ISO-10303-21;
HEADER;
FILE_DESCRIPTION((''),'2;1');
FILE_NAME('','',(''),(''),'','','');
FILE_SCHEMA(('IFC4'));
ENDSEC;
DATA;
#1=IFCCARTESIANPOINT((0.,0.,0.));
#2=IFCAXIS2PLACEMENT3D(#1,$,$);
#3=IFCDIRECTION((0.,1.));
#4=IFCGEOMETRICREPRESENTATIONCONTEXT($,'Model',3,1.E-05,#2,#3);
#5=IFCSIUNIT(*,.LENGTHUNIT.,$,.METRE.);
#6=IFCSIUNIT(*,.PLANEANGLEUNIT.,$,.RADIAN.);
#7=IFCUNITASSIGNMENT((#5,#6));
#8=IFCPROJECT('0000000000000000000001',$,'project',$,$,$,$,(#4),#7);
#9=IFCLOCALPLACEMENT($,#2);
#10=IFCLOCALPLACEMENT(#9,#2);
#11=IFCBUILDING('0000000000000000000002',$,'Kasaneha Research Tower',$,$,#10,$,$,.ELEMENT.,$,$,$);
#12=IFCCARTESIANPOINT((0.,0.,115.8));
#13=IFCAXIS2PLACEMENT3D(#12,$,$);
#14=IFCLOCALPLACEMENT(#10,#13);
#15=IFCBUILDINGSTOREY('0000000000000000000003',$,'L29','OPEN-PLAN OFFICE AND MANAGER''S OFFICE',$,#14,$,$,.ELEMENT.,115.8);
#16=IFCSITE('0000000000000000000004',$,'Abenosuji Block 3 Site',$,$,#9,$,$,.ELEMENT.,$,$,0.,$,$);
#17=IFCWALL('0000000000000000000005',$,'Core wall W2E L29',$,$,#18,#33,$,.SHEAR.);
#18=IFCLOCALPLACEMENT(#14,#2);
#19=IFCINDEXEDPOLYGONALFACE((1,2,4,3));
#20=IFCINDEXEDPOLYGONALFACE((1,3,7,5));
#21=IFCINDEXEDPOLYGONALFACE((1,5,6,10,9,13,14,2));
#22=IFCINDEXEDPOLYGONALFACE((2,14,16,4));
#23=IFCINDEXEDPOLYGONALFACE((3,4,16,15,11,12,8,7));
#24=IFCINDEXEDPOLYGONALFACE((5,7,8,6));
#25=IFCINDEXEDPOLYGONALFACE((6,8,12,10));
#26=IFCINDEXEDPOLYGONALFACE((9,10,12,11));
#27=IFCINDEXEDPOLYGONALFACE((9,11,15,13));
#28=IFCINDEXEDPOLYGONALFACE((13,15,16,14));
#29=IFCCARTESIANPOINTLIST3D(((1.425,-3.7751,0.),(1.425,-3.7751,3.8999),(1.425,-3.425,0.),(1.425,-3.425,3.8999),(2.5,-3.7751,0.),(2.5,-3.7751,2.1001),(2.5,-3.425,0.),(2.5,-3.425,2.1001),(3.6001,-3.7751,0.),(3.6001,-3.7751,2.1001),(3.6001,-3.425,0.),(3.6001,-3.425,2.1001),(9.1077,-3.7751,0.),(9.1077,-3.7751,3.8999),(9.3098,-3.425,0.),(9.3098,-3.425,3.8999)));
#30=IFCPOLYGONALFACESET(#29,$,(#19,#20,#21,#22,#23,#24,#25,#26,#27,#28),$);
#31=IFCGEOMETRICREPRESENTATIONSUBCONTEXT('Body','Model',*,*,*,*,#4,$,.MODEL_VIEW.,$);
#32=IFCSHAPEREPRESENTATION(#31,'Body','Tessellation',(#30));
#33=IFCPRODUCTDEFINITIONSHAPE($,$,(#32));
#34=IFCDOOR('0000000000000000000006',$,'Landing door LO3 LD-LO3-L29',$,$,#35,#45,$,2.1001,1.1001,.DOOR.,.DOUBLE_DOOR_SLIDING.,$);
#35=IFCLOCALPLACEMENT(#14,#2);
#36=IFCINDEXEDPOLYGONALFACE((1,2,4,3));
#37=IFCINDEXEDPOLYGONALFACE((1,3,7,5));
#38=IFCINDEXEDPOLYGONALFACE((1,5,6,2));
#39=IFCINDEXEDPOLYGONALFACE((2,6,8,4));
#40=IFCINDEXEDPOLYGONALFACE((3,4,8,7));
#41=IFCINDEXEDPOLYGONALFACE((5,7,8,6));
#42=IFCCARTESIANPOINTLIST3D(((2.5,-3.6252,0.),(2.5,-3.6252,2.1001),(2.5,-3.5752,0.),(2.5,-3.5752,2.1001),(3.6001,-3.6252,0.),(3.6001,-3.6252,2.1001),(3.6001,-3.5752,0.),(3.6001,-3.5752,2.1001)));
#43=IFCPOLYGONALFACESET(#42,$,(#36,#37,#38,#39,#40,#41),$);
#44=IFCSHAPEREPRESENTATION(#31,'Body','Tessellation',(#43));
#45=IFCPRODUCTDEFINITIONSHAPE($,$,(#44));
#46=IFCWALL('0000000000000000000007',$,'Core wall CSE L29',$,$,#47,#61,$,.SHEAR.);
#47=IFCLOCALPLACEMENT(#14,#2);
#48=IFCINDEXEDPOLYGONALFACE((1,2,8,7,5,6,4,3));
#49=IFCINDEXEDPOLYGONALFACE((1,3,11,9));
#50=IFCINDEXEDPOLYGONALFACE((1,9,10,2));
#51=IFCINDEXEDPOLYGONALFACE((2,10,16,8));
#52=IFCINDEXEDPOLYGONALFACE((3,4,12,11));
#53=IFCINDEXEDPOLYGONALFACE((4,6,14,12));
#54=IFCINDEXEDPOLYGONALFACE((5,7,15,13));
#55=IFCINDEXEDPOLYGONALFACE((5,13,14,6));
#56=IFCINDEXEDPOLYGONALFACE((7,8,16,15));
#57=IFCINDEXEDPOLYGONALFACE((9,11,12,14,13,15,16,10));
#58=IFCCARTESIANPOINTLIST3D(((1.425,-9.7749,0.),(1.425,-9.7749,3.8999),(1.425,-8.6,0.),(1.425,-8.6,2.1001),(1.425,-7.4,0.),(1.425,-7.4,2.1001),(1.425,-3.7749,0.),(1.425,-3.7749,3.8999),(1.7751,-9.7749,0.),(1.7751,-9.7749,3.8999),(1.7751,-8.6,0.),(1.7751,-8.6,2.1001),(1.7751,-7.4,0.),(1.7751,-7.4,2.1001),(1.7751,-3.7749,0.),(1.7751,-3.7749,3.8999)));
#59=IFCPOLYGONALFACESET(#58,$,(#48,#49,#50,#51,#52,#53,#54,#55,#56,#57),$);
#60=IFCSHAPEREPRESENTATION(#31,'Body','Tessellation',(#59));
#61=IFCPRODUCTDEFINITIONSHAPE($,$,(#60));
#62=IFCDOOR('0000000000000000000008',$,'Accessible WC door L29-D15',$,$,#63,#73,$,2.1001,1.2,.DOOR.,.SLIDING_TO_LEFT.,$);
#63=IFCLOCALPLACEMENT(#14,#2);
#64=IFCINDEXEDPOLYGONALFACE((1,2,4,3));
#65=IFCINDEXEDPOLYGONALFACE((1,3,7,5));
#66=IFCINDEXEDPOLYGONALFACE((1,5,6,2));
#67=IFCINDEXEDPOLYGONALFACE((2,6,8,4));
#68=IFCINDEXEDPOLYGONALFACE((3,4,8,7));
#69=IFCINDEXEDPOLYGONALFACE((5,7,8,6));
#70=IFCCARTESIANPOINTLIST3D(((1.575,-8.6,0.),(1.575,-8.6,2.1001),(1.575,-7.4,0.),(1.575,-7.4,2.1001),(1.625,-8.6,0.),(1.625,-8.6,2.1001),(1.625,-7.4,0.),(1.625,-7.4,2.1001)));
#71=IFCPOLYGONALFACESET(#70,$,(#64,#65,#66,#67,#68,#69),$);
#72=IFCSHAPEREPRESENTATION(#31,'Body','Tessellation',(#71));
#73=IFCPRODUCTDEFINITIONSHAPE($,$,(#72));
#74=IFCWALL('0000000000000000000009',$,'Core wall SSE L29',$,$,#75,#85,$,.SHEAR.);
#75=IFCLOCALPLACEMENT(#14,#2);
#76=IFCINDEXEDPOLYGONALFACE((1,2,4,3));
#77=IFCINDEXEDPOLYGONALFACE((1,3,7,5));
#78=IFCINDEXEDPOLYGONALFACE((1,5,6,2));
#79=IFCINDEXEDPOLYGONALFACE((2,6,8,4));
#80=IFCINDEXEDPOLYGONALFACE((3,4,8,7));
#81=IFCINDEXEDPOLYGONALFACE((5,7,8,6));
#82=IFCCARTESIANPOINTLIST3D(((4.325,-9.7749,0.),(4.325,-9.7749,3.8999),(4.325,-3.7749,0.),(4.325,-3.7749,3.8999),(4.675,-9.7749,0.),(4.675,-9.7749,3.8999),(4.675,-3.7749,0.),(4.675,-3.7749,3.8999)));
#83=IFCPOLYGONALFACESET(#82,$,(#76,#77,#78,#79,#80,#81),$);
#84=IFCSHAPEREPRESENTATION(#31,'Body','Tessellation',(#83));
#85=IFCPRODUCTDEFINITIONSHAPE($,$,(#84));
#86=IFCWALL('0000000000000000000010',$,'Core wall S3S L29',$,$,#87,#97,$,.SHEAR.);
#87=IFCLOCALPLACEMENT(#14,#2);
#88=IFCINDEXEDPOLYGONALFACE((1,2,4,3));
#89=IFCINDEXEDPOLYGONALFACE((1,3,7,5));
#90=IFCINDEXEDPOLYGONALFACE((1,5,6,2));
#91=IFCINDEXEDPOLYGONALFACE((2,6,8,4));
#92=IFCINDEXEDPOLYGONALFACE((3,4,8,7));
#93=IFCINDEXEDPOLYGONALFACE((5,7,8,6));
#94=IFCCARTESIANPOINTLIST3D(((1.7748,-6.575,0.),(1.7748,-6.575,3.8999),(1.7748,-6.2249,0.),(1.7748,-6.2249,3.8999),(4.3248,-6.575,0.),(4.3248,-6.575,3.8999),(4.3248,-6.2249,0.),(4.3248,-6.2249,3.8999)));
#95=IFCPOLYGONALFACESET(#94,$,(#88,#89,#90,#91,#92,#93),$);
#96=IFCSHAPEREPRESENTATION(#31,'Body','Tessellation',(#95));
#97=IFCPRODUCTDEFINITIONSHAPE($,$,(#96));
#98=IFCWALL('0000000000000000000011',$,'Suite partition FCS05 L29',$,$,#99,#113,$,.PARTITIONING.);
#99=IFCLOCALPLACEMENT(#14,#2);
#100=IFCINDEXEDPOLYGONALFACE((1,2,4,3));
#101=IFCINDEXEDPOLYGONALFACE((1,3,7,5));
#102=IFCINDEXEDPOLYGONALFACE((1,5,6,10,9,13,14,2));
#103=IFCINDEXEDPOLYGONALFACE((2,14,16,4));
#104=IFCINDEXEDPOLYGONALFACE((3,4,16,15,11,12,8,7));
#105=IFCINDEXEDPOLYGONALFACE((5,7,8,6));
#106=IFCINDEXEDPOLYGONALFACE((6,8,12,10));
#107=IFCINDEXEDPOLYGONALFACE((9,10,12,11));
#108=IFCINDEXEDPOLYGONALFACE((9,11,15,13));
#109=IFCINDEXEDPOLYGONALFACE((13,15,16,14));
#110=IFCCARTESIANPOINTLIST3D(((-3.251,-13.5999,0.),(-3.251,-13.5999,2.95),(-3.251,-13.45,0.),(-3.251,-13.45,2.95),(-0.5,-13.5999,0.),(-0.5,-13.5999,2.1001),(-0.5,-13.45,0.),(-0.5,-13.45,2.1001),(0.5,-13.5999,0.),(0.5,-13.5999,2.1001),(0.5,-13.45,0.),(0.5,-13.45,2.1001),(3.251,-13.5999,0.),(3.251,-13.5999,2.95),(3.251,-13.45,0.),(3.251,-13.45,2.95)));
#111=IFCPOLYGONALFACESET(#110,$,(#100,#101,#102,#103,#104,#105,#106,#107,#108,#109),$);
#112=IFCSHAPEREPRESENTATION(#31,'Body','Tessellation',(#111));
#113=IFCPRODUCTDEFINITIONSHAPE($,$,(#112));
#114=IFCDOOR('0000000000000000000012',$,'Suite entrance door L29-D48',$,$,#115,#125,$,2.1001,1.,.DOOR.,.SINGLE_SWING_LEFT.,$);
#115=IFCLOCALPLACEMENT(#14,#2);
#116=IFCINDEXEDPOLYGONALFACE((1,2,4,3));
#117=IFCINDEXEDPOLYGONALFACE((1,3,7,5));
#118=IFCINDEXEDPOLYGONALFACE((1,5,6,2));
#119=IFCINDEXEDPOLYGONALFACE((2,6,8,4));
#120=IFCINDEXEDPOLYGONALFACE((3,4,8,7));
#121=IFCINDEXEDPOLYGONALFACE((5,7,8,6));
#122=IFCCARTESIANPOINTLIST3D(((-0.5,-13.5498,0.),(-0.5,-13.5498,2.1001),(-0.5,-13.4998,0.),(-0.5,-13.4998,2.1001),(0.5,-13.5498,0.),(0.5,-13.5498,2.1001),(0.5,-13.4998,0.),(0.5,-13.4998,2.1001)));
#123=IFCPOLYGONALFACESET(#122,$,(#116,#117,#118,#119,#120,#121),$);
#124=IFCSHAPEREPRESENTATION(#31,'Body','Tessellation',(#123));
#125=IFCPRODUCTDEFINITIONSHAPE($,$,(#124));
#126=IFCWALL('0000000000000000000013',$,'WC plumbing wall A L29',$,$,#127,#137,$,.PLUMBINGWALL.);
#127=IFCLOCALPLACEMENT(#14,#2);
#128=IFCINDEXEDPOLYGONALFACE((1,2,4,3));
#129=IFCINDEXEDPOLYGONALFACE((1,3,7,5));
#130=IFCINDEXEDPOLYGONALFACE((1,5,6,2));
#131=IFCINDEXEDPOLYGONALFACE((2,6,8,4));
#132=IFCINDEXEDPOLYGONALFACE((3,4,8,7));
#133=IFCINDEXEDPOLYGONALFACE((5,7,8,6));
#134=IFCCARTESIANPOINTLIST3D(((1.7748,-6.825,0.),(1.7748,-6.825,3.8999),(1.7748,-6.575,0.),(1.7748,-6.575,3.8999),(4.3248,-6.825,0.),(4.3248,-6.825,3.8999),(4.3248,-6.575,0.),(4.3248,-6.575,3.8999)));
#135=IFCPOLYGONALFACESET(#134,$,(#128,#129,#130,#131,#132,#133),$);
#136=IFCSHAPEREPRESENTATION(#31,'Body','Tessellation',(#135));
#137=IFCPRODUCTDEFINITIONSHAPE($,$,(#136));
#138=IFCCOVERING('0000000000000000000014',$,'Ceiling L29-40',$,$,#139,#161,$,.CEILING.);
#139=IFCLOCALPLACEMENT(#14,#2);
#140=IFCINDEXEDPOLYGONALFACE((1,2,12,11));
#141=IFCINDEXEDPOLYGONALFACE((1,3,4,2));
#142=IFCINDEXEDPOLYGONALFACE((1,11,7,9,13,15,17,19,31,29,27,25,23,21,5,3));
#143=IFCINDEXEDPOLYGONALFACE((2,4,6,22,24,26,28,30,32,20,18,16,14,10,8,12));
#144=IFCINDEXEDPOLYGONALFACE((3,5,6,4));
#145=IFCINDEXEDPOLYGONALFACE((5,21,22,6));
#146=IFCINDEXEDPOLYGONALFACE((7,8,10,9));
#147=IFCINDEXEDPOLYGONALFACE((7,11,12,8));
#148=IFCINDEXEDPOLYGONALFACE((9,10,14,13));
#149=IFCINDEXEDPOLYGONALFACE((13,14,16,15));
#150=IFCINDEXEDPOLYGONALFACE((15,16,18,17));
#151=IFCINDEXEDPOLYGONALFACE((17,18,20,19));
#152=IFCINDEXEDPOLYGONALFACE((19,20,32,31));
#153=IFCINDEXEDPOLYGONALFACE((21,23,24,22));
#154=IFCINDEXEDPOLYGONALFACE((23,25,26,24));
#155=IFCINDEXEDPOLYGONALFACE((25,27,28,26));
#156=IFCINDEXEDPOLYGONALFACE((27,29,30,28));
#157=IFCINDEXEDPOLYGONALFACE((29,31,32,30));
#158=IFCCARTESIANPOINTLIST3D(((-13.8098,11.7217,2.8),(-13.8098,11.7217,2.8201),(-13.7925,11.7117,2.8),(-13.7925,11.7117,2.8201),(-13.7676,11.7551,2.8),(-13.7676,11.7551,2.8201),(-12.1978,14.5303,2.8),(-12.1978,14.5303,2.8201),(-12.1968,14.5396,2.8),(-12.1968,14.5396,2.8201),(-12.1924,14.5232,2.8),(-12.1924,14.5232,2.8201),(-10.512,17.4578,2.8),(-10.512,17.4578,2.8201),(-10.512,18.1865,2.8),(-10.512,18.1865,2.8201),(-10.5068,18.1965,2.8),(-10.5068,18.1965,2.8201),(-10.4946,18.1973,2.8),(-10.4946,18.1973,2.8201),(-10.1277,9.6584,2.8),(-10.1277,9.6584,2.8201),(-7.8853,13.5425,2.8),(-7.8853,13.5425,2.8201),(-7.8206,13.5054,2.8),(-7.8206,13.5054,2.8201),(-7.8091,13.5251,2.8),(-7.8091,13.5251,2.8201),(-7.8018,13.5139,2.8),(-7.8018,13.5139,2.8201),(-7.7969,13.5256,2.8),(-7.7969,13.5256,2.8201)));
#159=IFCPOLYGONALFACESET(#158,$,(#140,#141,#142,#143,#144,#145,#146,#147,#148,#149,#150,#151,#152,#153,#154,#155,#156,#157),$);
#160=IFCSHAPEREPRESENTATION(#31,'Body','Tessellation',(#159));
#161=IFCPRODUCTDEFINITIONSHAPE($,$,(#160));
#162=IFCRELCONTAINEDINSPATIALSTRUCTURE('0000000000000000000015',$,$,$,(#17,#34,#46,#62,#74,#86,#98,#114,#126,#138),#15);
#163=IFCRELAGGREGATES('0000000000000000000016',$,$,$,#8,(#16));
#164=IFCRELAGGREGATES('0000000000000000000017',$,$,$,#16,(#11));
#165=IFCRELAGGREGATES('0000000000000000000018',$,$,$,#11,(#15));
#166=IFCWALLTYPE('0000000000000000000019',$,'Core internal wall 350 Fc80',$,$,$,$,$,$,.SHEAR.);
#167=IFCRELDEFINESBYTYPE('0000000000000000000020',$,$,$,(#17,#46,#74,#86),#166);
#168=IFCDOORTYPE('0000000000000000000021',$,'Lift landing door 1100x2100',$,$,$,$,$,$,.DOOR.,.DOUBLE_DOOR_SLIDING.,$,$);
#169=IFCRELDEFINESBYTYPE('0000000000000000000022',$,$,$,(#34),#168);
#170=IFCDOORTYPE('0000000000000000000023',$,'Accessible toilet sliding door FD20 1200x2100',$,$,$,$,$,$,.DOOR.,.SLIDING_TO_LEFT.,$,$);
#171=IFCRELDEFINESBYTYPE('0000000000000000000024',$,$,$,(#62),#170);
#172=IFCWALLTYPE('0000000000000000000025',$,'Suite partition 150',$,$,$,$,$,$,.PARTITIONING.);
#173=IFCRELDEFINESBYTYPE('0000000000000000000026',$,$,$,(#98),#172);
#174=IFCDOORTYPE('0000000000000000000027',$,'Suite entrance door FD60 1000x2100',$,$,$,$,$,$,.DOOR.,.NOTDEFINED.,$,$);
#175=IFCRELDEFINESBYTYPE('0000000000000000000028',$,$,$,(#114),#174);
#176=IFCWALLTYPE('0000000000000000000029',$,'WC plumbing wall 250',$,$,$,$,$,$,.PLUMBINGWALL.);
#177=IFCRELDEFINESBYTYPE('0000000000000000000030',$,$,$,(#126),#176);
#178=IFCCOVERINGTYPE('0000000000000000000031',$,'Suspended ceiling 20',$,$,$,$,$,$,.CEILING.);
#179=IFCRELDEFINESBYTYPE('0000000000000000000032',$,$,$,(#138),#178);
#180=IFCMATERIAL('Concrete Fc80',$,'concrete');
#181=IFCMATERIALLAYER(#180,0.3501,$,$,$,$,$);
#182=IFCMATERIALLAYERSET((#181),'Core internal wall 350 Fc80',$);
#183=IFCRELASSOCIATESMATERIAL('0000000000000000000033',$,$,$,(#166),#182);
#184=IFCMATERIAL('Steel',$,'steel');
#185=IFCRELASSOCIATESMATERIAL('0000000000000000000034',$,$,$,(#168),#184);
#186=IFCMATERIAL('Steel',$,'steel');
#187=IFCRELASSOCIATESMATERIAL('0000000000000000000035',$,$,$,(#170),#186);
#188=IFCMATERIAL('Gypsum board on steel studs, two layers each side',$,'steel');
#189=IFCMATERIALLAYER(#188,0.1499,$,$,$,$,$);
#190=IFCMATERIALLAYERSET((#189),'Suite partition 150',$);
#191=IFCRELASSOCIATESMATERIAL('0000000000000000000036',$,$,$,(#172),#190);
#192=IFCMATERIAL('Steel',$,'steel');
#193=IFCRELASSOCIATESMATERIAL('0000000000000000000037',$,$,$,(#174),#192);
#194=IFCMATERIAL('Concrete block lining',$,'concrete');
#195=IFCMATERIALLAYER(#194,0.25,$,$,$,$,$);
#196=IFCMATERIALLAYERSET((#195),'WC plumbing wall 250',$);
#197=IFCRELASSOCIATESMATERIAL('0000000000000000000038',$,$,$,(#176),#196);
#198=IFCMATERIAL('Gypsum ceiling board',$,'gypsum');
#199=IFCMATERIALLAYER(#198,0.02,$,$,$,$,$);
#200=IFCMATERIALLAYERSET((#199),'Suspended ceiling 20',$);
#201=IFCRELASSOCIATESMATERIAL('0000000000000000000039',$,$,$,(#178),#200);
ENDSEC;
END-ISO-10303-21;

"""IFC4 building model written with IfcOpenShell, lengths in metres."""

from ifc_helpers import new_model, si_unit, direction, frame, frame_2d, origin, place, context, subcontext, project, spatial, polyline, rectangle, outline, extrude, material, layer, layer_set, type_object, element, fill, save


model = new_model("IFC4")

# Units and contexts
model_context = context("Model", 3, precision=1e-05, world=origin(), true_north=direction((0.0, 1.0)))
body_context = subcontext(model_context, "Body", "Model", "MODEL_VIEW")
ifc_project = project(units=[si_unit("LENGTHUNIT", "METRE"), si_unit("PLANEANGLEUNIT", "RADIAN")], contexts=[model_context])

# Site, building, storey
site_placement = place(None, origin())
site = spatial("IfcSite", under=ifc_project, at=site_placement, Name="Abenosuji Block 3 Site", CompositionType="ELEMENT", RefElevation=0.0)
building_placement = place(site_placement, origin())
building = spatial("IfcBuilding", under=site, at=building_placement, Name="Kasaneha Research Tower", CompositionType="ELEMENT")
storey_placement = place(building_placement, frame((0.0, 0.0, 115.8)))
storey = spatial("IfcBuildingStorey", under=building, at=storey_placement, Name="L29", Description="OPEN-PLAN OFFICE AND MANAGER'S OFFICE", CompositionType="ELEMENT", Elevation=115.8)

# Walls, openings, doors
ifc_material_1 = material(Name="Concrete Fc80", Category="concrete")
ifc_layer_1 = layer(ifc_material_1, 0.3501)
ifc_layer_set_1 = layer_set([ifc_layer_1], Name="Core internal wall 350 Fc80")
wall_type_1 = type_object("IfcWallType", Name="Core internal wall 350 Fc80", PredefinedType="SHEAR", material=ifc_layer_set_1)
wall_1_placement = place(storey_placement, frame((1.425, -3.6001, 0.0), z_axis=(0.0, 0.0, 1.0), x_axis=(1.0, 0.0, 0.0)))
wall_1 = element("IfcWall", 1, at=wall_1_placement, inside=storey, type_object=wall_type_1, Name="Core wall W2E L29", PredefinedType="SHEAR", context=body_context, shape_type="SweptSolid", body=[
    extrude(outline(polyline([(0.0, -0.175), (1.075, -0.175), (2.175, -0.175), (7.6826, -0.175), (7.8848, 0.175), (2.175, 0.175), (1.075, 0.175), (0.0, 0.175), (0.0, -0.175)])), origin(), (0.0, 0.0, 1.0), 3.8999),
])
opening_1_placement = place(wall_1_placement, frame((1.075, 0.0, 0.0)))
opening_1 = element("IfcOpeningElement", 2, at=opening_1_placement, cuts=wall_1, PredefinedType="OPENING", context=body_context, shape_type="SweptSolid", body=[
    extrude(rectangle(XDim=1.1001, YDim=2.1001, at=frame_2d((0.55, 1.05))), frame((0.0, 0.1851, 0.0), z_axis=(0.0, -1.0, 0.0), x_axis=(1.0, 0.0, 0.0)), (0.0, 0.0, 1.0), 0.3701),
])
ifc_material_2 = material(Name="Steel", Category="steel")
door_type_1 = type_object("IfcDoorType", Name="Lift landing door 1100x2100", OperationType="DOUBLE_DOOR_SLIDING", PredefinedType="DOOR", material=ifc_material_2)
door_1_placement = place(opening_1_placement, origin())
door_1 = element("IfcDoor", 3, at=door_1_placement, inside=storey, type_object=door_type_1, Name="Landing door LO3 LD-LO3-L29", OperationType="DOUBLE_DOOR_SLIDING", OverallHeight=2.1001, OverallWidth=1.1001, PredefinedType="DOOR", context=body_context, shape_type="SweptSolid", body=[
    extrude(rectangle(XDim=1.1001, YDim=2.1001, at=frame_2d((0.55, 1.05))), frame((0.0, 0.0249, 0.0), z_axis=(0.0, -1.0, 0.0), x_axis=(1.0, 0.0, 0.0)), (0.0, 0.0, 1.0), 0.05),
])
fill(opening_1, door_1)
wall_2_placement = place(storey_placement, frame((1.6001, -3.7749, 0.0), z_axis=(0.0, 0.0, 1.0), x_axis=(0.0, -1.0, 0.0)))
wall_2 = element("IfcWall", 4, at=wall_2_placement, inside=storey, type_object=wall_type_1, Name="Core wall CSE L29", PredefinedType="SHEAR", context=body_context, shape_type="SweptSolid", body=[
    extrude(rectangle(XDim=6.0, YDim=0.3501, at=frame_2d((3.0, 0.0))), origin(), (0.0, 0.0, 1.0), 3.8999),
])
opening_2_placement = place(wall_2_placement, frame((3.625, 0.0, 0.0)))
opening_2 = element("IfcOpeningElement", 5, at=opening_2_placement, cuts=wall_2, PredefinedType="OPENING", context=body_context, shape_type="SweptSolid", body=[
    extrude(rectangle(XDim=1.2, YDim=2.1001, at=frame_2d((0.6001, 1.05))), frame((0.0, 0.1851, 0.0), z_axis=(0.0, -1.0, 0.0), x_axis=(1.0, 0.0, 0.0)), (0.0, 0.0, 1.0), 0.3701),
])
ifc_material_3 = material(Name="Steel", Category="steel")
door_type_2 = type_object("IfcDoorType", Name="Accessible toilet sliding door FD20 1200x2100", OperationType="SLIDING_TO_LEFT", PredefinedType="DOOR", material=ifc_material_3)
door_2_placement = place(opening_2_placement, origin())
door_2 = element("IfcDoor", 6, at=door_2_placement, inside=storey, type_object=door_type_2, Name="Accessible WC door L29-D15", OperationType="SLIDING_TO_LEFT", OverallHeight=2.1001, OverallWidth=1.2, PredefinedType="DOOR", context=body_context, shape_type="SweptSolid", body=[
    extrude(rectangle(XDim=1.2, YDim=2.1001, at=frame_2d((0.6001, 1.05))), frame((0.0, 0.0249, 0.0), z_axis=(0.0, -1.0, 0.0), x_axis=(1.0, 0.0, 0.0)), (0.0, 0.0, 1.0), 0.05),
])
fill(opening_2, door_2)

# Walls
wall_3_placement = place(storey_placement, frame((4.5, -3.7749, 0.0), z_axis=(0.0, 0.0, 1.0), x_axis=(0.0, -1.0, 0.0)))
element("IfcWall", 7, at=wall_3_placement, inside=storey, type_object=wall_type_1, Name="Core wall SSE L29", PredefinedType="SHEAR", context=body_context, shape_type="SweptSolid", body=[
    extrude(rectangle(XDim=6.0, YDim=0.3501, at=frame_2d((3.0, 0.0))), origin(), (0.0, 0.0, 1.0), 3.8999),
])
wall_4_placement = place(storey_placement, frame((1.7749, -6.3999, 0.0), z_axis=(0.0, 0.0, 1.0), x_axis=(1.0, 0.0, 0.0)))
element("IfcWall", 8, at=wall_4_placement, inside=storey, type_object=wall_type_1, Name="Core wall S3S L29", PredefinedType="SHEAR", context=body_context, shape_type="SweptSolid", body=[
    extrude(rectangle(XDim=2.55, YDim=0.3501, at=frame_2d((1.2749, 0.0))), origin(), (0.0, 0.0, 1.0), 3.8999),
])

# Wall, opening, door
ifc_material_4 = material(Name="Gypsum board on steel studs, two layers each side", Category="steel")
ifc_layer_2 = layer(ifc_material_4, 0.1499)
ifc_layer_set_2 = layer_set([ifc_layer_2], Name="Suite partition 150")
wall_type_2 = type_object("IfcWallType", Name="Suite partition 150", PredefinedType="PARTITIONING", material=ifc_layer_set_2)
wall_5_placement = place(storey_placement, frame((3.251, -13.5249, 0.0), z_axis=(0.0, 0.0, 1.0), x_axis=(-1.0, 0.0, 0.0)))
wall_5 = element("IfcWall", 9, at=wall_5_placement, inside=storey, type_object=wall_type_2, Name="Suite partition FCS05 L29", PredefinedType="PARTITIONING", context=body_context, shape_type="SweptSolid", body=[
    extrude(rectangle(XDim=6.502, YDim=0.1499, at=frame_2d((3.251, 0.0))), origin(), (0.0, 0.0, 1.0), 2.95),
])
opening_3_placement = place(wall_5_placement, frame((2.751, 0.0, 0.0)))
opening_3 = element("IfcOpeningElement", 10, at=opening_3_placement, cuts=wall_5, PredefinedType="OPENING", context=body_context, shape_type="SweptSolid", body=[
    extrude(rectangle(XDim=1.0, YDim=2.1001, at=frame_2d((0.5, 1.05))), frame((0.0, 0.085, 0.0), z_axis=(0.0, -1.0, 0.0), x_axis=(1.0, 0.0, 0.0)), (0.0, 0.0, 1.0), 0.1699),
])
ifc_material_5 = material(Name="Steel", Category="steel")
door_type_3 = type_object("IfcDoorType", Name="Suite entrance door FD60 1000x2100", OperationType="NOTDEFINED", PredefinedType="DOOR", material=ifc_material_5)
door_3_placement = place(opening_3_placement, origin())
door_3 = element("IfcDoor", 11, at=door_3_placement, inside=storey, type_object=door_type_3, Name="Suite entrance door L29-D48", OperationType="SINGLE_SWING_LEFT", OverallHeight=2.1001, OverallWidth=1.0, PredefinedType="DOOR", context=body_context, shape_type="SweptSolid", body=[
    extrude(rectangle(XDim=1.0, YDim=2.1001, at=frame_2d((0.5, 1.05))), frame((0.0, 0.0249, 0.0), z_axis=(0.0, -1.0, 0.0), x_axis=(1.0, 0.0, 0.0)), (0.0, 0.0, 1.0), 0.05),
])
fill(opening_3, door_3)

# Wall
ifc_material_6 = material(Name="Concrete block lining", Category="concrete")
ifc_layer_3 = layer(ifc_material_6, 0.25)
ifc_layer_set_3 = layer_set([ifc_layer_3], Name="WC plumbing wall 250")
wall_type_3 = type_object("IfcWallType", Name="WC plumbing wall 250", PredefinedType="PLUMBINGWALL", material=ifc_layer_set_3)
wall_6_placement = place(storey_placement, frame((1.7749, -6.7, 0.0), z_axis=(0.0, 0.0, 1.0), x_axis=(1.0, 0.0, 0.0)))
element("IfcWall", 12, at=wall_6_placement, inside=storey, type_object=wall_type_3, Name="WC plumbing wall A L29", PredefinedType="PLUMBINGWALL", context=body_context, shape_type="SweptSolid", body=[
    extrude(rectangle(XDim=2.55, YDim=0.25, at=frame_2d((1.2749, 0.0))), origin(), (0.0, 0.0, 1.0), 3.8999),
])

# Covering
ifc_material_7 = material(Name="Gypsum ceiling board", Category="gypsum")
ifc_layer_4 = layer(ifc_material_7, 0.02)
ifc_layer_set_4 = layer_set([ifc_layer_4], Name="Suspended ceiling 20")
covering_type = type_object("IfcCoveringType", Name="Suspended ceiling 20", PredefinedType="CEILING", material=ifc_layer_set_4)
covering_1_placement = place(storey_placement, frame((0.0, 0.0, 2.8)))
element("IfcCovering", 13, at=covering_1_placement, inside=storey, type_object=covering_type, Name="Ceiling L29-40", PredefinedType="CEILING", context=body_context, shape_type="SweptSolid", body=[
    extrude(outline(polyline([(-12.1968, 14.5396), (-10.512, 17.4578), (-10.512, 18.1865), (-10.5068, 18.1965), (-10.4946, 18.1973), (-7.7969, 13.5256), (-7.8018, 13.5139), (-7.8091, 13.5251), (-7.8206, 13.5054), (-7.8853, 13.5425), (-10.1277, 9.6584), (-13.7676, 11.7551), (-13.7925, 11.7117), (-13.8098, 11.7217), (-12.1924, 14.5232), (-12.1978, 14.5303), (-12.1968, 14.5396)])), origin(), (0.0, 0.0, 1.0), 0.02),
])

save(model, "model.ifc")
